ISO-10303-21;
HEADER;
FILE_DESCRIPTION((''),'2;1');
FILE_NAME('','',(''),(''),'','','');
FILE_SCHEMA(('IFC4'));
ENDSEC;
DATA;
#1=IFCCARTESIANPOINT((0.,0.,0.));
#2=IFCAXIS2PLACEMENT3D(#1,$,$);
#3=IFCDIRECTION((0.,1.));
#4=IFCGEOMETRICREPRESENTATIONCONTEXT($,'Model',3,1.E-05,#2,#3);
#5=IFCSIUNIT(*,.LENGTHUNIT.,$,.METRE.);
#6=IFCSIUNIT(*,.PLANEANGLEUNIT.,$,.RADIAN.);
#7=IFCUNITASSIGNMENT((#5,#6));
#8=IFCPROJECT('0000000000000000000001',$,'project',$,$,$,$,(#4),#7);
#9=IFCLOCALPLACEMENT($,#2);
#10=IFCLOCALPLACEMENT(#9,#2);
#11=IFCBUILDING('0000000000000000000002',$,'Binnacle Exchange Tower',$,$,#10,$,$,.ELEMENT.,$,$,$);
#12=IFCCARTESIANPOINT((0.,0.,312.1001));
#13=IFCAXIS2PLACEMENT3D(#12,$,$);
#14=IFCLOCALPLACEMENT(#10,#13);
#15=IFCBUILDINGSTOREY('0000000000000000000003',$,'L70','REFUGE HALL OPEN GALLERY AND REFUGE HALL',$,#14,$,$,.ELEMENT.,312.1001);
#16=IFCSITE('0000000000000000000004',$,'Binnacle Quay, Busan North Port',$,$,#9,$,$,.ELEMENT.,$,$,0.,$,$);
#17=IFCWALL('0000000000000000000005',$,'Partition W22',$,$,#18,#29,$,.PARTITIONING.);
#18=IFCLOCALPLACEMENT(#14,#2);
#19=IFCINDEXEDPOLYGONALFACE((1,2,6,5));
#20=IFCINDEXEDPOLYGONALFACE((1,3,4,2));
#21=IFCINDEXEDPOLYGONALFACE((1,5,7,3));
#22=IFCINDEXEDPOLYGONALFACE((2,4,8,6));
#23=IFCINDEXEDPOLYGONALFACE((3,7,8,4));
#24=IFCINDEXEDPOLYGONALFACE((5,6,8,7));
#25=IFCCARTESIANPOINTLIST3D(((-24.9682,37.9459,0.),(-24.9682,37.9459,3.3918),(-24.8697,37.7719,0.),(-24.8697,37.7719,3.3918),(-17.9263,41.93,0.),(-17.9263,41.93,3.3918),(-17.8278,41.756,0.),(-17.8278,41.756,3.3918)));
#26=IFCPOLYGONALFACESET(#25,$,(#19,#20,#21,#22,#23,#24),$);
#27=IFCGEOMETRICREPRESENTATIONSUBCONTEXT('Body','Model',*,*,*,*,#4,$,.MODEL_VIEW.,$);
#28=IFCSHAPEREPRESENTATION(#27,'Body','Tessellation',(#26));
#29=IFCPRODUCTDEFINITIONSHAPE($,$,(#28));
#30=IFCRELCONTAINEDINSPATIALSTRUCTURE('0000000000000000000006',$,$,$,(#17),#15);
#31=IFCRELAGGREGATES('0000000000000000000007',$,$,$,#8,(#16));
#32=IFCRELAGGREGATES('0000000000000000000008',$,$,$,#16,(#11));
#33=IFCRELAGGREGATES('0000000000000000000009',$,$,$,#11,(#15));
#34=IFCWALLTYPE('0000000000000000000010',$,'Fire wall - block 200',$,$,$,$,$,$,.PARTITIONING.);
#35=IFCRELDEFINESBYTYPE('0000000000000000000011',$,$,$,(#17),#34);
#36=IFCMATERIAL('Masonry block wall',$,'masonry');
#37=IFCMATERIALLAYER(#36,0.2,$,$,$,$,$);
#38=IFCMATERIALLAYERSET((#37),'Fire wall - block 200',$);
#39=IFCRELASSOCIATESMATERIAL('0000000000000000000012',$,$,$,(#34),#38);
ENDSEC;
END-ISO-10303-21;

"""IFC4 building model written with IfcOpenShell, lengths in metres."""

from ifc_helpers import new_model, si_unit, direction, frame, frame_2d, origin, place, context, subcontext, project, spatial, rectangle, extrude, material, layer, layer_set, type_object, element, save


model = new_model("IFC4")

# Units and contexts
model_context = context("Model", 3, precision=1e-05, world=origin(), true_north=direction((0.0, 1.0)))
body_context = subcontext(model_context, "Body", "Model", "MODEL_VIEW")
ifc_project = project(units=[si_unit("LENGTHUNIT", "METRE"), si_unit("PLANEANGLEUNIT", "RADIAN")], contexts=[model_context])

# Site, building, storey
site_placement = place(None, origin())
site = spatial("IfcSite", under=ifc_project, at=site_placement, Name="Binnacle Quay, Busan North Port", CompositionType="ELEMENT", RefElevation=0.0)
building_placement = place(site_placement, origin())
building = spatial("IfcBuilding", under=site, at=building_placement, Name="Binnacle Exchange Tower", CompositionType="ELEMENT")
storey_placement = place(building_placement, frame((0.0, 0.0, 312.1001)))
storey = spatial("IfcBuildingStorey", under=building, at=storey_placement, Name="L70", Description="REFUGE HALL OPEN GALLERY AND REFUGE HALL", CompositionType="ELEMENT", Elevation=312.1001)

# Shared definitions
ifc_material_1 = material(Name="Masonry block wall", Category="masonry")
ifc_layer_1 = layer(ifc_material_1, 0.2)
ifc_layer_set_1 = layer_set([ifc_layer_1], Name="Fire wall - block 200")
wall_type_1 = type_object("IfcWallType", Name="Fire wall - block 200", PredefinedType="PARTITIONING", material=ifc_layer_set_1)

# Wall
wall_1_placement = place(storey_placement, frame((-24.9189, 37.8589, 0.0), z_axis=(0.0, 0.0, 1.0), x_axis=(0.870358, 0.49242, 0.0)))
element("IfcWall", 1, at=wall_1_placement, inside=storey, type_object=wall_type_1, Name="Partition W22", PredefinedType="PARTITIONING", context=body_context, shape_type="SweptSolid", body=[
    extrude(rectangle(XDim=8.0908, YDim=0.2, at=frame_2d((4.0454, 0.0))), origin(), (0.0, 0.0, 1.0), 3.3918),
])

save(model, "model.ifc")
